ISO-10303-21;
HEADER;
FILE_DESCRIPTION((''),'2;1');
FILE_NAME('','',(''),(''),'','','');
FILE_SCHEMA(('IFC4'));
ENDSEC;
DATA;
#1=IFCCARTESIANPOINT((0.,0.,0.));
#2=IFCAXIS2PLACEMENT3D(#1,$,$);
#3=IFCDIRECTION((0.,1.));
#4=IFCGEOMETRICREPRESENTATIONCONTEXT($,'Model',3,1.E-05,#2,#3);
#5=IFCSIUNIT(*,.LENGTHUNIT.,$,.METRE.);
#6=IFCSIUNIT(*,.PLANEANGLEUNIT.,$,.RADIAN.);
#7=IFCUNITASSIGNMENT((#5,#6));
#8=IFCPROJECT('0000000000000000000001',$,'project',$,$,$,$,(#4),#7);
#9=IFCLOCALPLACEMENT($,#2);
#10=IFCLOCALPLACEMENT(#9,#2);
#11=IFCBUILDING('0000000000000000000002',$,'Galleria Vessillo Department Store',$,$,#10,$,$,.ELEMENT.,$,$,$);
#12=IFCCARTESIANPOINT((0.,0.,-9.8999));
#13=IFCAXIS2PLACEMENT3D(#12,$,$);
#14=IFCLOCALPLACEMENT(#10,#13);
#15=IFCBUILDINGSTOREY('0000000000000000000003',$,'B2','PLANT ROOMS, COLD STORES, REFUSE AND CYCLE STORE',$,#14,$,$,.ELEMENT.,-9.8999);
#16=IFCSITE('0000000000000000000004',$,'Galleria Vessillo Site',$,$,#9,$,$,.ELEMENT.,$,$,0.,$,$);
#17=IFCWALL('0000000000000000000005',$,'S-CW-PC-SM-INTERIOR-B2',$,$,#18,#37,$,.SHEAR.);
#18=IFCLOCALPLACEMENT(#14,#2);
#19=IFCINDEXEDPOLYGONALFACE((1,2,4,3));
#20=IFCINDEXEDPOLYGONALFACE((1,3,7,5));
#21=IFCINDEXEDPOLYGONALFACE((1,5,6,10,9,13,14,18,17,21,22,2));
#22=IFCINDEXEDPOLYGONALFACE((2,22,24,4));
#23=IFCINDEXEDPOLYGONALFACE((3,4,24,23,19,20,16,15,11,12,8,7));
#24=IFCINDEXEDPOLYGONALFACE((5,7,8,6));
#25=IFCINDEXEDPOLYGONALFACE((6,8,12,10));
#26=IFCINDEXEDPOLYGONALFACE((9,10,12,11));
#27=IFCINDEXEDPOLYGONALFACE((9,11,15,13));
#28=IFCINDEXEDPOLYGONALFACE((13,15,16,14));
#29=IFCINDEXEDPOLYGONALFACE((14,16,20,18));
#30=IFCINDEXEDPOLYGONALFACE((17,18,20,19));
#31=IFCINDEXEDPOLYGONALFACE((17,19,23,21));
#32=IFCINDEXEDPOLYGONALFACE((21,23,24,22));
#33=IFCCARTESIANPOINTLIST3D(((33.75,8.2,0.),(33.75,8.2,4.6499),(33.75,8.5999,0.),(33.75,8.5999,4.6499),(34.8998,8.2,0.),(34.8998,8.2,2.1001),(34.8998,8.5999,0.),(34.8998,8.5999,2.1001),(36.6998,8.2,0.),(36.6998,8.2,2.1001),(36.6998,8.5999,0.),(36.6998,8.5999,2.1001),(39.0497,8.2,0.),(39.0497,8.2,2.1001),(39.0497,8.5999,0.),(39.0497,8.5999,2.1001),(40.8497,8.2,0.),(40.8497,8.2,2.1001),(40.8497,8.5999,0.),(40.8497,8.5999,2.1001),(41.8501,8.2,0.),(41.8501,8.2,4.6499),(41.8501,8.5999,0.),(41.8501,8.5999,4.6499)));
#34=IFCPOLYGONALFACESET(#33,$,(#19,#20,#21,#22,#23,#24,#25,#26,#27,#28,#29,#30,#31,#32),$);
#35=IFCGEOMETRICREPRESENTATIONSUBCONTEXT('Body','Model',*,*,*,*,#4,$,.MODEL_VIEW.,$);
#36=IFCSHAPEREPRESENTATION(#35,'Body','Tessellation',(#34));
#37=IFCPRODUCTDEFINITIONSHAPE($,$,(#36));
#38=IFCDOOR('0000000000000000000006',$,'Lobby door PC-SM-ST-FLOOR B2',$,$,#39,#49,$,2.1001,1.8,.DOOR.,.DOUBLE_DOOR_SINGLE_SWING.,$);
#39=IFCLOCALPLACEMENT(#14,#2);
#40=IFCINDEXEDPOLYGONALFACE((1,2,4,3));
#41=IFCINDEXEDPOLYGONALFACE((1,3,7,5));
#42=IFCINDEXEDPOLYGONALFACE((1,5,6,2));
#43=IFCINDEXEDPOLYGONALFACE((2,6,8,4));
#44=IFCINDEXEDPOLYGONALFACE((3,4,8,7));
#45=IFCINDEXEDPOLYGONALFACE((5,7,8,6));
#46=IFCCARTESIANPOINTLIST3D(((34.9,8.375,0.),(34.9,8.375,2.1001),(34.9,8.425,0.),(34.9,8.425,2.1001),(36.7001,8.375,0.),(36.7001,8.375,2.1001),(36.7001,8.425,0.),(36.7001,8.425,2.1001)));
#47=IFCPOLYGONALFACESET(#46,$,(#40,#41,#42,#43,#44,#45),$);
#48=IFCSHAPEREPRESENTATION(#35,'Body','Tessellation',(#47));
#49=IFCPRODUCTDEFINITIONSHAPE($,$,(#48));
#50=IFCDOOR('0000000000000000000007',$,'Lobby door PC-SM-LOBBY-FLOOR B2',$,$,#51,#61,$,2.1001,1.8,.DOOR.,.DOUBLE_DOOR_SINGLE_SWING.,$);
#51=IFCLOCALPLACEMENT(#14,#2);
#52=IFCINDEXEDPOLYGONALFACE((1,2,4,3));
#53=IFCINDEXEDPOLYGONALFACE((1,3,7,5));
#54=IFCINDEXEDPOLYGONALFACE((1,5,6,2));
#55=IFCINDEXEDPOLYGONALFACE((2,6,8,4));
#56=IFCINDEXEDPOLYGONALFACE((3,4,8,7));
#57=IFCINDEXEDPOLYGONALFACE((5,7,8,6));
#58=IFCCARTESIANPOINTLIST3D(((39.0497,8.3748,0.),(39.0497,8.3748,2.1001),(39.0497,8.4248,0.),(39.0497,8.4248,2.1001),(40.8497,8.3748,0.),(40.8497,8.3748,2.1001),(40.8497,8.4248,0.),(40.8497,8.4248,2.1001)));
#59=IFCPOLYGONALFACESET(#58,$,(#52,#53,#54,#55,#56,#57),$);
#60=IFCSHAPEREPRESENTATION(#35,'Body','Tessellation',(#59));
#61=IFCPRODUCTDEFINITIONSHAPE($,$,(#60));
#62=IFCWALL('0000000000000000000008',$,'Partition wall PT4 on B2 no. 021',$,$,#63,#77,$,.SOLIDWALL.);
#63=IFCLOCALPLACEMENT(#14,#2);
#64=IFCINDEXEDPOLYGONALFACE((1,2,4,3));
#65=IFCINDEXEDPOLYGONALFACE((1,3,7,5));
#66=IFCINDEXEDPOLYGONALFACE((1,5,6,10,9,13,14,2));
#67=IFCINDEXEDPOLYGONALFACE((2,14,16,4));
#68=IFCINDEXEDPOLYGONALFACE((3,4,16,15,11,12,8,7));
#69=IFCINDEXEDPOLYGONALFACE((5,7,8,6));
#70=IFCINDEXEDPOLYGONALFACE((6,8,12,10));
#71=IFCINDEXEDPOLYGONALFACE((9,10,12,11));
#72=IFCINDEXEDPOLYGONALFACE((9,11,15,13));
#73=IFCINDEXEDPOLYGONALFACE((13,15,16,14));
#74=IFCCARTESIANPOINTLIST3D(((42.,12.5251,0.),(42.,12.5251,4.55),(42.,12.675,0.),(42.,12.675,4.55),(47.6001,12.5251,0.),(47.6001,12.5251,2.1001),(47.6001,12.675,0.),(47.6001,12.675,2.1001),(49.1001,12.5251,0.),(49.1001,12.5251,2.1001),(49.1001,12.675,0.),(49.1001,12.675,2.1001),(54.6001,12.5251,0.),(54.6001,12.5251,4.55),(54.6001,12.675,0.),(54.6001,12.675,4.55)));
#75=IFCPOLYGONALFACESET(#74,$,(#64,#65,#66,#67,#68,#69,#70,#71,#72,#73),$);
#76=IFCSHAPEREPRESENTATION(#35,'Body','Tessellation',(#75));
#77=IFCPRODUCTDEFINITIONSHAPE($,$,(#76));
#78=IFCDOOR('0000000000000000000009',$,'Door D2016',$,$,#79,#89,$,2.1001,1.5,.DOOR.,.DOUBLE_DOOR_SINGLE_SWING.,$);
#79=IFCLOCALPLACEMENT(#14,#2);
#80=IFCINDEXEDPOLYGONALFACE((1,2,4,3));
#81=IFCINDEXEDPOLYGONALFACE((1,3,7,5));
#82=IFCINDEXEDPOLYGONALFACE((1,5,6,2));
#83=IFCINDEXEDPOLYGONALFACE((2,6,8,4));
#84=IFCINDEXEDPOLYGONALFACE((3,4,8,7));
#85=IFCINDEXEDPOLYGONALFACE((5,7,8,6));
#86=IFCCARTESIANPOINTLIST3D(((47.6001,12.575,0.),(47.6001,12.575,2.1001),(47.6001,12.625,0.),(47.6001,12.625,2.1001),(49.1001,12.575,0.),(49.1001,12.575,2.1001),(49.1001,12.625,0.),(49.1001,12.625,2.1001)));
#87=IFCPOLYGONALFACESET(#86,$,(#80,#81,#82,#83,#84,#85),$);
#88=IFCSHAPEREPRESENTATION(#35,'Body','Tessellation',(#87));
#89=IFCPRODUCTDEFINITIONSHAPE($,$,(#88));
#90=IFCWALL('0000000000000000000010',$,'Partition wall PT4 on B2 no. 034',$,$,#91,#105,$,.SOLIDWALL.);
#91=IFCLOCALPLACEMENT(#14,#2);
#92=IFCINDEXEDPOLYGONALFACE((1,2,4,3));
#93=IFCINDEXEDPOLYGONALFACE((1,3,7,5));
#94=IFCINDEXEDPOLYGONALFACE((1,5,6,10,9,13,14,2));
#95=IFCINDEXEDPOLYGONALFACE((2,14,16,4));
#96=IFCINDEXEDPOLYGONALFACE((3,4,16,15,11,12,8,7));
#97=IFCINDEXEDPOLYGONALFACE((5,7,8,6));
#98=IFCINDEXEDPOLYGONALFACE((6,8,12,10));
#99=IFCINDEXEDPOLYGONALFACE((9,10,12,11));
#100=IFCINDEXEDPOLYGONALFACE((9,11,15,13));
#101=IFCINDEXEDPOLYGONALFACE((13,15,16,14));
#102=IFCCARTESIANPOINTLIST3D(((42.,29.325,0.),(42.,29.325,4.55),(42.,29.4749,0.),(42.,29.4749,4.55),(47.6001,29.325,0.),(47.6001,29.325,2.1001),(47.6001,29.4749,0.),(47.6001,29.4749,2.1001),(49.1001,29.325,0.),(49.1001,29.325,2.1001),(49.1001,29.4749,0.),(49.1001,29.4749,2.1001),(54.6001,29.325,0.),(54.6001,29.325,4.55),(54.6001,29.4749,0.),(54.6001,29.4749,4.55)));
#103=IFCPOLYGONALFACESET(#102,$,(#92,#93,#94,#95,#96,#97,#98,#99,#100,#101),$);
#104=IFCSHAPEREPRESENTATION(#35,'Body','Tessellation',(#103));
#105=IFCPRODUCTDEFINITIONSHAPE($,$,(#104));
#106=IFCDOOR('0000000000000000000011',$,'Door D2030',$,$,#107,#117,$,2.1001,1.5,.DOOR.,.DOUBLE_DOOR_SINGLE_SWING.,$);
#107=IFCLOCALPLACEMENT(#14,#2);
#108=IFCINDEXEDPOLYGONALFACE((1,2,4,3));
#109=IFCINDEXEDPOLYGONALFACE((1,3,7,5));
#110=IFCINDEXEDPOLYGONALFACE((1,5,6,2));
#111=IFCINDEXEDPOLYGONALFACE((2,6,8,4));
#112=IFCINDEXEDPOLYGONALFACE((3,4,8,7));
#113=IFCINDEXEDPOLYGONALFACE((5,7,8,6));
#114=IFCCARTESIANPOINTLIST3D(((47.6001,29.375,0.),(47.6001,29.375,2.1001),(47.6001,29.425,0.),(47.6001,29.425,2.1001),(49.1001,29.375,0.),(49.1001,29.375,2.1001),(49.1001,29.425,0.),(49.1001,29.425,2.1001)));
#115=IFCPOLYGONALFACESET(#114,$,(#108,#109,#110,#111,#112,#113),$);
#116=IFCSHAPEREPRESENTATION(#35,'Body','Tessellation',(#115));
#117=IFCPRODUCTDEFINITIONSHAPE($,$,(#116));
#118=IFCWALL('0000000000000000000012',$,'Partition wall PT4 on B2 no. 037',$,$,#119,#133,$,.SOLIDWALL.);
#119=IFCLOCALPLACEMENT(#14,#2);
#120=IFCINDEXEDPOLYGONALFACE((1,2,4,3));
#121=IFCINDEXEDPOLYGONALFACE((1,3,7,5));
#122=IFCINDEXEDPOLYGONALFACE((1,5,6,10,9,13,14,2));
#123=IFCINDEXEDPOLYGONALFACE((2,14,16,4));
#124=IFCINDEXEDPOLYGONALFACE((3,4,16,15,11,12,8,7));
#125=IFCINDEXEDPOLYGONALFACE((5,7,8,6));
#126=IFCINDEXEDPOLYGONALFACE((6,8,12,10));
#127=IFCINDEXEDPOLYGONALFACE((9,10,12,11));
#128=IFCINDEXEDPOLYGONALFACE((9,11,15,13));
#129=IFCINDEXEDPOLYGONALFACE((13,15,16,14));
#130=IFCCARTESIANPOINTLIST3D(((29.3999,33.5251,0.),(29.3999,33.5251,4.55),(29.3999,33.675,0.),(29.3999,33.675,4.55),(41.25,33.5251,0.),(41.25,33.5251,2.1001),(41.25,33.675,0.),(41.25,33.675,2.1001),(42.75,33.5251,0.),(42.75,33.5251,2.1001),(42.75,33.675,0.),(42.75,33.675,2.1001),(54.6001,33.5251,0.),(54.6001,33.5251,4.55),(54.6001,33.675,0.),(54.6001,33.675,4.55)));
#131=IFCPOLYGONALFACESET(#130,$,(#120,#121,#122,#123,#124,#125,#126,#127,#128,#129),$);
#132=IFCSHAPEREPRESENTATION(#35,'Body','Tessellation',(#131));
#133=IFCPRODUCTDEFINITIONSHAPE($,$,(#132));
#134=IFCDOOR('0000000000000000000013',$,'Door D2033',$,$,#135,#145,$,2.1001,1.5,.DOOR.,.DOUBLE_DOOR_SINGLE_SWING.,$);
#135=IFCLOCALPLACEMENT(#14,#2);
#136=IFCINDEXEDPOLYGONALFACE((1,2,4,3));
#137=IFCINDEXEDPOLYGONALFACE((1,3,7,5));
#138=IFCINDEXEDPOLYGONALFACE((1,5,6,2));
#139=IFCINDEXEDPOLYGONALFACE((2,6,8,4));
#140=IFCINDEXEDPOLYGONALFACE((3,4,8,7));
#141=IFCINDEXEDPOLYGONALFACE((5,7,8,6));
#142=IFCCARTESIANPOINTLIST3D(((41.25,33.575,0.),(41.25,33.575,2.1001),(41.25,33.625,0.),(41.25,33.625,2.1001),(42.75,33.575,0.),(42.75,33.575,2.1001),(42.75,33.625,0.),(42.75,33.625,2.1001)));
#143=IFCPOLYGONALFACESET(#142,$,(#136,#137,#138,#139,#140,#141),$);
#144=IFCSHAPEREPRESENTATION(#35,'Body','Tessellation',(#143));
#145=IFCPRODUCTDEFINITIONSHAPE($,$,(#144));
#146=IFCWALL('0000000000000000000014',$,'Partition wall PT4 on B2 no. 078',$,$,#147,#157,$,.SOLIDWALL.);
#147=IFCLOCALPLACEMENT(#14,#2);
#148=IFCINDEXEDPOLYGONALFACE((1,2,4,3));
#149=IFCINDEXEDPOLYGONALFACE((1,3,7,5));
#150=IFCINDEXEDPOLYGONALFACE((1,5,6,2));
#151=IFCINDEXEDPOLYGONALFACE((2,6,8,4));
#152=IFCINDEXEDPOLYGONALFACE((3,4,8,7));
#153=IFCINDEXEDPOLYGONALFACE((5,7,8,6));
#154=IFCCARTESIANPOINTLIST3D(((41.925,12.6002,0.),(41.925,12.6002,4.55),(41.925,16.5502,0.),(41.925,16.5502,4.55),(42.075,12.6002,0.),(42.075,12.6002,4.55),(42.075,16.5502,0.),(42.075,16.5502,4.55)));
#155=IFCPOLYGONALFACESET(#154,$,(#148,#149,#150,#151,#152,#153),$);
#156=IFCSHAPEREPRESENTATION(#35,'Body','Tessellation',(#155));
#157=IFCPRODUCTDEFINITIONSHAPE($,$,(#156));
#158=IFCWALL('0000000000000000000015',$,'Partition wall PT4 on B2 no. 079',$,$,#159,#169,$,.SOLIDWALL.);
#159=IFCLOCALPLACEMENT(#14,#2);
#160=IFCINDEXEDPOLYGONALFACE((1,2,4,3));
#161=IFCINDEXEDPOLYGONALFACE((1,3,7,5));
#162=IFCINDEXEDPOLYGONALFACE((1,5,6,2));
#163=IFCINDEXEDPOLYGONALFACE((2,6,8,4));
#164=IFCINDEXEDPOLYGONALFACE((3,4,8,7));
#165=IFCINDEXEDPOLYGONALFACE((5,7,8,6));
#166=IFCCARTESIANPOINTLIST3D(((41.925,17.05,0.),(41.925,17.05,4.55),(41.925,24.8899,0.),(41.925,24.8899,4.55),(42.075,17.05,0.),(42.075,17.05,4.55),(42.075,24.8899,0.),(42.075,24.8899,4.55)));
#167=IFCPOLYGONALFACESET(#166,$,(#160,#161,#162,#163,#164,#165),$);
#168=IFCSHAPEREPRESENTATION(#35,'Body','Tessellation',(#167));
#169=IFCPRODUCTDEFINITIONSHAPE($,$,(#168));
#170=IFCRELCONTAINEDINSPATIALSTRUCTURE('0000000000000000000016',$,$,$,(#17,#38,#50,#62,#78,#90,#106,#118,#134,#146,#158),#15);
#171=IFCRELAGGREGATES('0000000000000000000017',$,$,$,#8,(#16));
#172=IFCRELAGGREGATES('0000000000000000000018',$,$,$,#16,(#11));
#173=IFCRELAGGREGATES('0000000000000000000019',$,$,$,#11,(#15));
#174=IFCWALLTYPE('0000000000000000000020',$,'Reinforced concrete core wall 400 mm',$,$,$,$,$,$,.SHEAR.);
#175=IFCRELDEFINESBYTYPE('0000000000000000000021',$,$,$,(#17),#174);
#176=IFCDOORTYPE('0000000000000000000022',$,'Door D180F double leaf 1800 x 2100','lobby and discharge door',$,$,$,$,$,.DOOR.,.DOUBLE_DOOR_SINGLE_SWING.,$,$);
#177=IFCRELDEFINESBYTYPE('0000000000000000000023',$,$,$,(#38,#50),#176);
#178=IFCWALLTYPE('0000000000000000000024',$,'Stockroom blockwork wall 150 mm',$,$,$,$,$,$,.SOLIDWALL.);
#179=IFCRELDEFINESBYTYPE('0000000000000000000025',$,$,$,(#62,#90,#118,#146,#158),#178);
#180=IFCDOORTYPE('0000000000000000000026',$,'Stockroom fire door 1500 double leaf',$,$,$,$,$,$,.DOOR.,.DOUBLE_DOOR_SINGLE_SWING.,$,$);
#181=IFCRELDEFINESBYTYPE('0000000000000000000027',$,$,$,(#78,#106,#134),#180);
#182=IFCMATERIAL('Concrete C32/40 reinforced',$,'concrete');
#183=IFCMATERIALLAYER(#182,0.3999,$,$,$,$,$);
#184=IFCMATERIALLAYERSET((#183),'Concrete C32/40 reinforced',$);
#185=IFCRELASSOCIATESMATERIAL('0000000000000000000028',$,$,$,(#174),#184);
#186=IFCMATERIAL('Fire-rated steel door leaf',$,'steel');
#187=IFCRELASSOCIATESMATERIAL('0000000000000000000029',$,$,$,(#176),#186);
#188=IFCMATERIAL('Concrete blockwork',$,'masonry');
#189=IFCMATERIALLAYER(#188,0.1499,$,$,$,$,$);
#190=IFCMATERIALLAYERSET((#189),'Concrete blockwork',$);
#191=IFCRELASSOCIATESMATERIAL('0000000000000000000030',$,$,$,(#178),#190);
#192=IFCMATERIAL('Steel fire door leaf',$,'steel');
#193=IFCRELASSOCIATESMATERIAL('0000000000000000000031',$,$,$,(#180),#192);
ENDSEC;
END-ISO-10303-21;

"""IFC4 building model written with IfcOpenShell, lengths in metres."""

from ifc_helpers import new_model, si_unit, direction, frame, frame_2d, origin, place, context, subcontext, project, spatial, rectangle, extrude, material, layer, layer_set, type_object, element, fill, save


model = new_model("IFC4")

# Units and contexts
model_context = context("Model", 3, precision=1e-05, world=origin(), true_north=direction((0.0, 1.0)))
body_context = subcontext(model_context, "Body", "Model", "MODEL_VIEW")
ifc_project = project(units=[si_unit("LENGTHUNIT", "METRE"), si_unit("PLANEANGLEUNIT", "RADIAN")], contexts=[model_context])

# Site, building, storey
site_placement = place(None, origin())
site = spatial("IfcSite", under=ifc_project, at=site_placement, Name="Galleria Vessillo Site", CompositionType="ELEMENT", RefElevation=0.0)
building_placement = place(site_placement, origin())
building = spatial("IfcBuilding", under=site, at=building_placement, Name="Galleria Vessillo Department Store", CompositionType="ELEMENT")
storey_placement = place(building_placement, frame((0.0, 0.0, -9.8999)))
storey = spatial("IfcBuildingStorey", under=building, at=storey_placement, Name="B2", Description="PLANT ROOMS, COLD STORES, REFUSE AND CYCLE STORE", CompositionType="ELEMENT", Elevation=-9.8999)

# Wall, openings, doors
ifc_material_1 = material(Name="Concrete C32/40 reinforced", Category="concrete")
ifc_layer_1 = layer(ifc_material_1, 0.3999)
ifc_layer_set_1 = layer_set([ifc_layer_1], Name="Concrete C32/40 reinforced")
wall_type_1 = type_object("IfcWallType", Name="Reinforced concrete core wall 400 mm", PredefinedType="SHEAR", material=ifc_layer_set_1)
wall_1_placement = place(storey_placement, frame((33.75, 8.3999, 0.0), z_axis=(0.0, 0.0, 1.0), x_axis=(1.0, 0.0, 0.0)))
wall_1 = element("IfcWall", 1, at=wall_1_placement, inside=storey, type_object=wall_type_1, Name="S-CW-PC-SM-INTERIOR-B2", PredefinedType="SHEAR", context=body_context, shape_type="SweptSolid", body=[
    extrude(rectangle(XDim=8.1001, YDim=0.3999, at=frame_2d((4.05, 0.0))), origin(), (0.0, 0.0, 1.0), 4.6499),
])
opening_1_placement = place(wall_1_placement, frame((1.1499, 0.0, 0.0)))
opening_1 = element("IfcOpeningElement", 2, at=opening_1_placement, cuts=wall_1, PredefinedType="OPENING", context=body_context, shape_type="SweptSolid", body=[
    extrude(rectangle(XDim=1.8, YDim=2.1001, at=frame_2d((0.8999, 1.05))), frame((0.0, 0.21, 0.0), z_axis=(0.0, -1.0, 0.0), x_axis=(1.0, 0.0, 0.0)), (0.0, 0.0, 1.0), 0.4199),
])
opening_2_placement = place(wall_1_placement, frame((5.2998, 0.0, 0.0)))
opening_2 = element("IfcOpeningElement", 3, at=opening_2_placement, cuts=wall_1, PredefinedType="OPENING", context=body_context, shape_type="SweptSolid", body=[
    extrude(rectangle(XDim=1.8, YDim=2.1001, at=frame_2d((0.8999, 1.05))), frame((0.0, 0.21, 0.0), z_axis=(0.0, -1.0, 0.0), x_axis=(1.0, 0.0, 0.0)), (0.0, 0.0, 1.0), 0.4199),
])
ifc_material_2 = material(Name="Fire-rated steel door leaf", Category="steel")
door_type_1 = type_object("IfcDoorType", Name="Door D180F double leaf 1800 x 2100", Description="lobby and discharge door", OperationType="DOUBLE_DOOR_SINGLE_SWING", PredefinedType="DOOR", material=ifc_material_2)
door_1_placement = place(opening_1_placement, frame((1.8, 0.0, 0.0), z_axis=(0.0, 0.0, 1.0), x_axis=(-1.0, 0.0, 0.0)))
door_1 = element("IfcDoor", 4, at=door_1_placement, inside=storey, type_object=door_type_1, Name="Lobby door PC-SM-ST-FLOOR B2", OperationType="DOUBLE_DOOR_SINGLE_SWING", OverallHeight=2.1001, OverallWidth=1.8, PredefinedType="DOOR", context=body_context, shape_type="SweptSolid", body=[
    extrude(rectangle(XDim=1.8, YDim=2.1001, at=frame_2d((0.8999, 1.05))), frame((0.0, 0.0249, 0.0), z_axis=(0.0, -1.0, 0.0), x_axis=(1.0, 0.0, 0.0)), (0.0, 0.0, 1.0), 0.05),
])
fill(opening_1, door_1)
door_2_placement = place(opening_2_placement, origin())
door_2 = element("IfcDoor", 5, at=door_2_placement, inside=storey, type_object=door_type_1, Name="Lobby door PC-SM-LOBBY-FLOOR B2", OperationType="DOUBLE_DOOR_SINGLE_SWING", OverallHeight=2.1001, OverallWidth=1.8, PredefinedType="DOOR", context=body_context, shape_type="SweptSolid", body=[
    extrude(rectangle(XDim=1.8, YDim=2.1001, at=frame_2d((0.8999, 1.05))), frame((0.0, 0.0249, 0.0), z_axis=(0.0, -1.0, 0.0), x_axis=(1.0, 0.0, 0.0)), (0.0, 0.0, 1.0), 0.05),
])
fill(opening_2, door_2)

# Walls, openings, doors
ifc_material_3 = material(Name="Concrete blockwork", Category="masonry")
ifc_layer_2 = layer(ifc_material_3, 0.1499)
ifc_layer_set_2 = layer_set([ifc_layer_2], Name="Concrete blockwork")
wall_type_2 = type_object("IfcWallType", Name="Stockroom blockwork wall 150 mm", PredefinedType="SOLIDWALL", material=ifc_layer_set_2)
wall_2_placement = place(storey_placement, frame((42.0, 12.6001, 0.0), z_axis=(0.0, 0.0, 1.0), x_axis=(1.0, 0.0, 0.0)))
wall_2 = element("IfcWall", 6, at=wall_2_placement, inside=storey, type_object=wall_type_2, Name="Partition wall PT4 on B2 no. 021", PredefinedType="SOLIDWALL", context=body_context, shape_type="SweptSolid", body=[
    extrude(rectangle(XDim=12.6001, YDim=0.1499, at=frame_2d((6.3, 0.0))), origin(), (0.0, 0.0, 1.0), 4.55),
])
opening_3_placement = place(wall_2_placement, frame((5.6001, 0.0, 0.0)))
opening_3 = element("IfcOpeningElement", 7, at=opening_3_placement, cuts=wall_2, PredefinedType="OPENING", context=body_context, shape_type="SweptSolid", body=[
    extrude(rectangle(XDim=1.5, YDim=2.1001, at=frame_2d((0.75, 1.05))), frame((0.0, 0.085, 0.0), z_axis=(0.0, -1.0, 0.0), x_axis=(1.0, 0.0, 0.0)), (0.0, 0.0, 1.0), 0.1699),
])
ifc_material_4 = material(Name="Steel fire door leaf", Category="steel")
door_type_2 = type_object("IfcDoorType", Name="Stockroom fire door 1500 double leaf", OperationType="DOUBLE_DOOR_SINGLE_SWING", PredefinedType="DOOR", material=ifc_material_4)
door_3_placement = place(opening_3_placement, origin())
door_3 = element("IfcDoor", 8, at=door_3_placement, inside=storey, type_object=door_type_2, Name="Door D2016", OperationType="DOUBLE_DOOR_SINGLE_SWING", OverallHeight=2.1001, OverallWidth=1.5, PredefinedType="DOOR", context=body_context, shape_type="SweptSolid", body=[
    extrude(rectangle(XDim=1.5, YDim=2.1001, at=frame_2d((0.75, 1.05))), frame((0.0, 0.0249, 0.0), z_axis=(0.0, -1.0, 0.0), x_axis=(1.0, 0.0, 0.0)), (0.0, 0.0, 1.0), 0.05),
])
fill(opening_3, door_3)
wall_3_placement = place(storey_placement, frame((42.0, 29.3999, 0.0), z_axis=(0.0, 0.0, 1.0), x_axis=(1.0, 0.0, 0.0)))
wall_3 = element("IfcWall", 9, at=wall_3_placement, inside=storey, type_object=wall_type_2, Name="Partition wall PT4 on B2 no. 034", PredefinedType="SOLIDWALL", context=body_context, shape_type="SweptSolid", body=[
    extrude(rectangle(XDim=12.6001, YDim=0.1499, at=frame_2d((6.3, 0.0))), origin(), (0.0, 0.0, 1.0), 4.55),
])
opening_4_placement = place(wall_3_placement, frame((5.6001, 0.0, 0.0)))
opening_4 = element("IfcOpeningElement", 10, at=opening_4_placement, cuts=wall_3, PredefinedType="OPENING", context=body_context, shape_type="SweptSolid", body=[
    extrude(rectangle(XDim=1.5, YDim=2.1001, at=frame_2d((0.75, 1.05))), frame((0.0, 0.085, 0.0), z_axis=(0.0, -1.0, 0.0), x_axis=(1.0, 0.0, 0.0)), (0.0, 0.0, 1.0), 0.1699),
])
door_4_placement = place(opening_4_placement, frame((1.5, 0.0, 0.0), z_axis=(0.0, 0.0, 1.0), x_axis=(-1.0, 0.0, 0.0)))
door_4 = element("IfcDoor", 11, at=door_4_placement, inside=storey, type_object=door_type_2, Name="Door D2030", OperationType="DOUBLE_DOOR_SINGLE_SWING", OverallHeight=2.1001, OverallWidth=1.5, PredefinedType="DOOR", context=body_context, shape_type="SweptSolid", body=[
    extrude(rectangle(XDim=1.5, YDim=2.1001, at=frame_2d((0.75, 1.05))), frame((0.0, 0.0249, 0.0), z_axis=(0.0, -1.0, 0.0), x_axis=(1.0, 0.0, 0.0)), (0.0, 0.0, 1.0), 0.05),
])
fill(opening_4, door_4)
wall_4_placement = place(storey_placement, frame((29.3999, 33.6001, 0.0), z_axis=(0.0, 0.0, 1.0), x_axis=(1.0, 0.0, 0.0)))
wall_4 = element("IfcWall", 12, at=wall_4_placement, inside=storey, type_object=wall_type_2, Name="Partition wall PT4 on B2 no. 037", PredefinedType="SOLIDWALL", context=body_context, shape_type="SweptSolid", body=[
    extrude(rectangle(XDim=25.2002, YDim=0.1499, at=frame_2d((12.6001, 0.0))), origin(), (0.0, 0.0, 1.0), 4.55),
])
opening_5_placement = place(wall_4_placement, frame((11.8501, 0.0, 0.0)))
opening_5 = element("IfcOpeningElement", 13, at=opening_5_placement, cuts=wall_4, PredefinedType="OPENING", context=body_context, shape_type="SweptSolid", body=[
    extrude(rectangle(XDim=1.5, YDim=2.1001, at=frame_2d((0.75, 1.05))), frame((0.0, 0.085, 0.0), z_axis=(0.0, -1.0, 0.0), x_axis=(1.0, 0.0, 0.0)), (0.0, 0.0, 1.0), 0.1699),
])
door_5_placement = place(opening_5_placement, origin())
door_5 = element("IfcDoor", 14, at=door_5_placement, inside=storey, type_object=door_type_2, Name="Door D2033", OperationType="DOUBLE_DOOR_SINGLE_SWING", OverallHeight=2.1001, OverallWidth=1.5, PredefinedType="DOOR", context=body_context, shape_type="SweptSolid", body=[
    extrude(rectangle(XDim=1.5, YDim=2.1001, at=frame_2d((0.75, 1.05))), frame((0.0, 0.0249, 0.0), z_axis=(0.0, -1.0, 0.0), x_axis=(1.0, 0.0, 0.0)), (0.0, 0.0, 1.0), 0.05),
])
fill(opening_5, door_5)

# Walls
wall_5_placement = place(storey_placement, frame((42.0, 12.6001, 0.0), z_axis=(0.0, 0.0, 1.0), x_axis=(0.0, 1.0, 0.0)))
element("IfcWall", 15, at=wall_5_placement, inside=storey, type_object=wall_type_2, Name="Partition wall PT4 on B2 no. 078", PredefinedType="SOLIDWALL", context=body_context, shape_type="SweptSolid", body=[
    extrude(rectangle(XDim=3.95, YDim=0.1499, at=frame_2d((1.9751, 0.0))), origin(), (0.0, 0.0, 1.0), 4.55),
])
wall_6_placement = place(storey_placement, frame((42.0, 17.05, 0.0), z_axis=(0.0, 0.0, 1.0), x_axis=(0.0, 1.0, 0.0)))
element("IfcWall", 16, at=wall_6_placement, inside=storey, type_object=wall_type_2, Name="Partition wall PT4 on B2 no. 079", PredefinedType="SOLIDWALL", context=body_context, shape_type="SweptSolid", body=[
    extrude(rectangle(XDim=7.8398, YDim=0.1499, at=frame_2d((3.9199, 0.0))), origin(), (0.0, 0.0, 1.0), 4.55),
])

save(model, "model.ifc")
